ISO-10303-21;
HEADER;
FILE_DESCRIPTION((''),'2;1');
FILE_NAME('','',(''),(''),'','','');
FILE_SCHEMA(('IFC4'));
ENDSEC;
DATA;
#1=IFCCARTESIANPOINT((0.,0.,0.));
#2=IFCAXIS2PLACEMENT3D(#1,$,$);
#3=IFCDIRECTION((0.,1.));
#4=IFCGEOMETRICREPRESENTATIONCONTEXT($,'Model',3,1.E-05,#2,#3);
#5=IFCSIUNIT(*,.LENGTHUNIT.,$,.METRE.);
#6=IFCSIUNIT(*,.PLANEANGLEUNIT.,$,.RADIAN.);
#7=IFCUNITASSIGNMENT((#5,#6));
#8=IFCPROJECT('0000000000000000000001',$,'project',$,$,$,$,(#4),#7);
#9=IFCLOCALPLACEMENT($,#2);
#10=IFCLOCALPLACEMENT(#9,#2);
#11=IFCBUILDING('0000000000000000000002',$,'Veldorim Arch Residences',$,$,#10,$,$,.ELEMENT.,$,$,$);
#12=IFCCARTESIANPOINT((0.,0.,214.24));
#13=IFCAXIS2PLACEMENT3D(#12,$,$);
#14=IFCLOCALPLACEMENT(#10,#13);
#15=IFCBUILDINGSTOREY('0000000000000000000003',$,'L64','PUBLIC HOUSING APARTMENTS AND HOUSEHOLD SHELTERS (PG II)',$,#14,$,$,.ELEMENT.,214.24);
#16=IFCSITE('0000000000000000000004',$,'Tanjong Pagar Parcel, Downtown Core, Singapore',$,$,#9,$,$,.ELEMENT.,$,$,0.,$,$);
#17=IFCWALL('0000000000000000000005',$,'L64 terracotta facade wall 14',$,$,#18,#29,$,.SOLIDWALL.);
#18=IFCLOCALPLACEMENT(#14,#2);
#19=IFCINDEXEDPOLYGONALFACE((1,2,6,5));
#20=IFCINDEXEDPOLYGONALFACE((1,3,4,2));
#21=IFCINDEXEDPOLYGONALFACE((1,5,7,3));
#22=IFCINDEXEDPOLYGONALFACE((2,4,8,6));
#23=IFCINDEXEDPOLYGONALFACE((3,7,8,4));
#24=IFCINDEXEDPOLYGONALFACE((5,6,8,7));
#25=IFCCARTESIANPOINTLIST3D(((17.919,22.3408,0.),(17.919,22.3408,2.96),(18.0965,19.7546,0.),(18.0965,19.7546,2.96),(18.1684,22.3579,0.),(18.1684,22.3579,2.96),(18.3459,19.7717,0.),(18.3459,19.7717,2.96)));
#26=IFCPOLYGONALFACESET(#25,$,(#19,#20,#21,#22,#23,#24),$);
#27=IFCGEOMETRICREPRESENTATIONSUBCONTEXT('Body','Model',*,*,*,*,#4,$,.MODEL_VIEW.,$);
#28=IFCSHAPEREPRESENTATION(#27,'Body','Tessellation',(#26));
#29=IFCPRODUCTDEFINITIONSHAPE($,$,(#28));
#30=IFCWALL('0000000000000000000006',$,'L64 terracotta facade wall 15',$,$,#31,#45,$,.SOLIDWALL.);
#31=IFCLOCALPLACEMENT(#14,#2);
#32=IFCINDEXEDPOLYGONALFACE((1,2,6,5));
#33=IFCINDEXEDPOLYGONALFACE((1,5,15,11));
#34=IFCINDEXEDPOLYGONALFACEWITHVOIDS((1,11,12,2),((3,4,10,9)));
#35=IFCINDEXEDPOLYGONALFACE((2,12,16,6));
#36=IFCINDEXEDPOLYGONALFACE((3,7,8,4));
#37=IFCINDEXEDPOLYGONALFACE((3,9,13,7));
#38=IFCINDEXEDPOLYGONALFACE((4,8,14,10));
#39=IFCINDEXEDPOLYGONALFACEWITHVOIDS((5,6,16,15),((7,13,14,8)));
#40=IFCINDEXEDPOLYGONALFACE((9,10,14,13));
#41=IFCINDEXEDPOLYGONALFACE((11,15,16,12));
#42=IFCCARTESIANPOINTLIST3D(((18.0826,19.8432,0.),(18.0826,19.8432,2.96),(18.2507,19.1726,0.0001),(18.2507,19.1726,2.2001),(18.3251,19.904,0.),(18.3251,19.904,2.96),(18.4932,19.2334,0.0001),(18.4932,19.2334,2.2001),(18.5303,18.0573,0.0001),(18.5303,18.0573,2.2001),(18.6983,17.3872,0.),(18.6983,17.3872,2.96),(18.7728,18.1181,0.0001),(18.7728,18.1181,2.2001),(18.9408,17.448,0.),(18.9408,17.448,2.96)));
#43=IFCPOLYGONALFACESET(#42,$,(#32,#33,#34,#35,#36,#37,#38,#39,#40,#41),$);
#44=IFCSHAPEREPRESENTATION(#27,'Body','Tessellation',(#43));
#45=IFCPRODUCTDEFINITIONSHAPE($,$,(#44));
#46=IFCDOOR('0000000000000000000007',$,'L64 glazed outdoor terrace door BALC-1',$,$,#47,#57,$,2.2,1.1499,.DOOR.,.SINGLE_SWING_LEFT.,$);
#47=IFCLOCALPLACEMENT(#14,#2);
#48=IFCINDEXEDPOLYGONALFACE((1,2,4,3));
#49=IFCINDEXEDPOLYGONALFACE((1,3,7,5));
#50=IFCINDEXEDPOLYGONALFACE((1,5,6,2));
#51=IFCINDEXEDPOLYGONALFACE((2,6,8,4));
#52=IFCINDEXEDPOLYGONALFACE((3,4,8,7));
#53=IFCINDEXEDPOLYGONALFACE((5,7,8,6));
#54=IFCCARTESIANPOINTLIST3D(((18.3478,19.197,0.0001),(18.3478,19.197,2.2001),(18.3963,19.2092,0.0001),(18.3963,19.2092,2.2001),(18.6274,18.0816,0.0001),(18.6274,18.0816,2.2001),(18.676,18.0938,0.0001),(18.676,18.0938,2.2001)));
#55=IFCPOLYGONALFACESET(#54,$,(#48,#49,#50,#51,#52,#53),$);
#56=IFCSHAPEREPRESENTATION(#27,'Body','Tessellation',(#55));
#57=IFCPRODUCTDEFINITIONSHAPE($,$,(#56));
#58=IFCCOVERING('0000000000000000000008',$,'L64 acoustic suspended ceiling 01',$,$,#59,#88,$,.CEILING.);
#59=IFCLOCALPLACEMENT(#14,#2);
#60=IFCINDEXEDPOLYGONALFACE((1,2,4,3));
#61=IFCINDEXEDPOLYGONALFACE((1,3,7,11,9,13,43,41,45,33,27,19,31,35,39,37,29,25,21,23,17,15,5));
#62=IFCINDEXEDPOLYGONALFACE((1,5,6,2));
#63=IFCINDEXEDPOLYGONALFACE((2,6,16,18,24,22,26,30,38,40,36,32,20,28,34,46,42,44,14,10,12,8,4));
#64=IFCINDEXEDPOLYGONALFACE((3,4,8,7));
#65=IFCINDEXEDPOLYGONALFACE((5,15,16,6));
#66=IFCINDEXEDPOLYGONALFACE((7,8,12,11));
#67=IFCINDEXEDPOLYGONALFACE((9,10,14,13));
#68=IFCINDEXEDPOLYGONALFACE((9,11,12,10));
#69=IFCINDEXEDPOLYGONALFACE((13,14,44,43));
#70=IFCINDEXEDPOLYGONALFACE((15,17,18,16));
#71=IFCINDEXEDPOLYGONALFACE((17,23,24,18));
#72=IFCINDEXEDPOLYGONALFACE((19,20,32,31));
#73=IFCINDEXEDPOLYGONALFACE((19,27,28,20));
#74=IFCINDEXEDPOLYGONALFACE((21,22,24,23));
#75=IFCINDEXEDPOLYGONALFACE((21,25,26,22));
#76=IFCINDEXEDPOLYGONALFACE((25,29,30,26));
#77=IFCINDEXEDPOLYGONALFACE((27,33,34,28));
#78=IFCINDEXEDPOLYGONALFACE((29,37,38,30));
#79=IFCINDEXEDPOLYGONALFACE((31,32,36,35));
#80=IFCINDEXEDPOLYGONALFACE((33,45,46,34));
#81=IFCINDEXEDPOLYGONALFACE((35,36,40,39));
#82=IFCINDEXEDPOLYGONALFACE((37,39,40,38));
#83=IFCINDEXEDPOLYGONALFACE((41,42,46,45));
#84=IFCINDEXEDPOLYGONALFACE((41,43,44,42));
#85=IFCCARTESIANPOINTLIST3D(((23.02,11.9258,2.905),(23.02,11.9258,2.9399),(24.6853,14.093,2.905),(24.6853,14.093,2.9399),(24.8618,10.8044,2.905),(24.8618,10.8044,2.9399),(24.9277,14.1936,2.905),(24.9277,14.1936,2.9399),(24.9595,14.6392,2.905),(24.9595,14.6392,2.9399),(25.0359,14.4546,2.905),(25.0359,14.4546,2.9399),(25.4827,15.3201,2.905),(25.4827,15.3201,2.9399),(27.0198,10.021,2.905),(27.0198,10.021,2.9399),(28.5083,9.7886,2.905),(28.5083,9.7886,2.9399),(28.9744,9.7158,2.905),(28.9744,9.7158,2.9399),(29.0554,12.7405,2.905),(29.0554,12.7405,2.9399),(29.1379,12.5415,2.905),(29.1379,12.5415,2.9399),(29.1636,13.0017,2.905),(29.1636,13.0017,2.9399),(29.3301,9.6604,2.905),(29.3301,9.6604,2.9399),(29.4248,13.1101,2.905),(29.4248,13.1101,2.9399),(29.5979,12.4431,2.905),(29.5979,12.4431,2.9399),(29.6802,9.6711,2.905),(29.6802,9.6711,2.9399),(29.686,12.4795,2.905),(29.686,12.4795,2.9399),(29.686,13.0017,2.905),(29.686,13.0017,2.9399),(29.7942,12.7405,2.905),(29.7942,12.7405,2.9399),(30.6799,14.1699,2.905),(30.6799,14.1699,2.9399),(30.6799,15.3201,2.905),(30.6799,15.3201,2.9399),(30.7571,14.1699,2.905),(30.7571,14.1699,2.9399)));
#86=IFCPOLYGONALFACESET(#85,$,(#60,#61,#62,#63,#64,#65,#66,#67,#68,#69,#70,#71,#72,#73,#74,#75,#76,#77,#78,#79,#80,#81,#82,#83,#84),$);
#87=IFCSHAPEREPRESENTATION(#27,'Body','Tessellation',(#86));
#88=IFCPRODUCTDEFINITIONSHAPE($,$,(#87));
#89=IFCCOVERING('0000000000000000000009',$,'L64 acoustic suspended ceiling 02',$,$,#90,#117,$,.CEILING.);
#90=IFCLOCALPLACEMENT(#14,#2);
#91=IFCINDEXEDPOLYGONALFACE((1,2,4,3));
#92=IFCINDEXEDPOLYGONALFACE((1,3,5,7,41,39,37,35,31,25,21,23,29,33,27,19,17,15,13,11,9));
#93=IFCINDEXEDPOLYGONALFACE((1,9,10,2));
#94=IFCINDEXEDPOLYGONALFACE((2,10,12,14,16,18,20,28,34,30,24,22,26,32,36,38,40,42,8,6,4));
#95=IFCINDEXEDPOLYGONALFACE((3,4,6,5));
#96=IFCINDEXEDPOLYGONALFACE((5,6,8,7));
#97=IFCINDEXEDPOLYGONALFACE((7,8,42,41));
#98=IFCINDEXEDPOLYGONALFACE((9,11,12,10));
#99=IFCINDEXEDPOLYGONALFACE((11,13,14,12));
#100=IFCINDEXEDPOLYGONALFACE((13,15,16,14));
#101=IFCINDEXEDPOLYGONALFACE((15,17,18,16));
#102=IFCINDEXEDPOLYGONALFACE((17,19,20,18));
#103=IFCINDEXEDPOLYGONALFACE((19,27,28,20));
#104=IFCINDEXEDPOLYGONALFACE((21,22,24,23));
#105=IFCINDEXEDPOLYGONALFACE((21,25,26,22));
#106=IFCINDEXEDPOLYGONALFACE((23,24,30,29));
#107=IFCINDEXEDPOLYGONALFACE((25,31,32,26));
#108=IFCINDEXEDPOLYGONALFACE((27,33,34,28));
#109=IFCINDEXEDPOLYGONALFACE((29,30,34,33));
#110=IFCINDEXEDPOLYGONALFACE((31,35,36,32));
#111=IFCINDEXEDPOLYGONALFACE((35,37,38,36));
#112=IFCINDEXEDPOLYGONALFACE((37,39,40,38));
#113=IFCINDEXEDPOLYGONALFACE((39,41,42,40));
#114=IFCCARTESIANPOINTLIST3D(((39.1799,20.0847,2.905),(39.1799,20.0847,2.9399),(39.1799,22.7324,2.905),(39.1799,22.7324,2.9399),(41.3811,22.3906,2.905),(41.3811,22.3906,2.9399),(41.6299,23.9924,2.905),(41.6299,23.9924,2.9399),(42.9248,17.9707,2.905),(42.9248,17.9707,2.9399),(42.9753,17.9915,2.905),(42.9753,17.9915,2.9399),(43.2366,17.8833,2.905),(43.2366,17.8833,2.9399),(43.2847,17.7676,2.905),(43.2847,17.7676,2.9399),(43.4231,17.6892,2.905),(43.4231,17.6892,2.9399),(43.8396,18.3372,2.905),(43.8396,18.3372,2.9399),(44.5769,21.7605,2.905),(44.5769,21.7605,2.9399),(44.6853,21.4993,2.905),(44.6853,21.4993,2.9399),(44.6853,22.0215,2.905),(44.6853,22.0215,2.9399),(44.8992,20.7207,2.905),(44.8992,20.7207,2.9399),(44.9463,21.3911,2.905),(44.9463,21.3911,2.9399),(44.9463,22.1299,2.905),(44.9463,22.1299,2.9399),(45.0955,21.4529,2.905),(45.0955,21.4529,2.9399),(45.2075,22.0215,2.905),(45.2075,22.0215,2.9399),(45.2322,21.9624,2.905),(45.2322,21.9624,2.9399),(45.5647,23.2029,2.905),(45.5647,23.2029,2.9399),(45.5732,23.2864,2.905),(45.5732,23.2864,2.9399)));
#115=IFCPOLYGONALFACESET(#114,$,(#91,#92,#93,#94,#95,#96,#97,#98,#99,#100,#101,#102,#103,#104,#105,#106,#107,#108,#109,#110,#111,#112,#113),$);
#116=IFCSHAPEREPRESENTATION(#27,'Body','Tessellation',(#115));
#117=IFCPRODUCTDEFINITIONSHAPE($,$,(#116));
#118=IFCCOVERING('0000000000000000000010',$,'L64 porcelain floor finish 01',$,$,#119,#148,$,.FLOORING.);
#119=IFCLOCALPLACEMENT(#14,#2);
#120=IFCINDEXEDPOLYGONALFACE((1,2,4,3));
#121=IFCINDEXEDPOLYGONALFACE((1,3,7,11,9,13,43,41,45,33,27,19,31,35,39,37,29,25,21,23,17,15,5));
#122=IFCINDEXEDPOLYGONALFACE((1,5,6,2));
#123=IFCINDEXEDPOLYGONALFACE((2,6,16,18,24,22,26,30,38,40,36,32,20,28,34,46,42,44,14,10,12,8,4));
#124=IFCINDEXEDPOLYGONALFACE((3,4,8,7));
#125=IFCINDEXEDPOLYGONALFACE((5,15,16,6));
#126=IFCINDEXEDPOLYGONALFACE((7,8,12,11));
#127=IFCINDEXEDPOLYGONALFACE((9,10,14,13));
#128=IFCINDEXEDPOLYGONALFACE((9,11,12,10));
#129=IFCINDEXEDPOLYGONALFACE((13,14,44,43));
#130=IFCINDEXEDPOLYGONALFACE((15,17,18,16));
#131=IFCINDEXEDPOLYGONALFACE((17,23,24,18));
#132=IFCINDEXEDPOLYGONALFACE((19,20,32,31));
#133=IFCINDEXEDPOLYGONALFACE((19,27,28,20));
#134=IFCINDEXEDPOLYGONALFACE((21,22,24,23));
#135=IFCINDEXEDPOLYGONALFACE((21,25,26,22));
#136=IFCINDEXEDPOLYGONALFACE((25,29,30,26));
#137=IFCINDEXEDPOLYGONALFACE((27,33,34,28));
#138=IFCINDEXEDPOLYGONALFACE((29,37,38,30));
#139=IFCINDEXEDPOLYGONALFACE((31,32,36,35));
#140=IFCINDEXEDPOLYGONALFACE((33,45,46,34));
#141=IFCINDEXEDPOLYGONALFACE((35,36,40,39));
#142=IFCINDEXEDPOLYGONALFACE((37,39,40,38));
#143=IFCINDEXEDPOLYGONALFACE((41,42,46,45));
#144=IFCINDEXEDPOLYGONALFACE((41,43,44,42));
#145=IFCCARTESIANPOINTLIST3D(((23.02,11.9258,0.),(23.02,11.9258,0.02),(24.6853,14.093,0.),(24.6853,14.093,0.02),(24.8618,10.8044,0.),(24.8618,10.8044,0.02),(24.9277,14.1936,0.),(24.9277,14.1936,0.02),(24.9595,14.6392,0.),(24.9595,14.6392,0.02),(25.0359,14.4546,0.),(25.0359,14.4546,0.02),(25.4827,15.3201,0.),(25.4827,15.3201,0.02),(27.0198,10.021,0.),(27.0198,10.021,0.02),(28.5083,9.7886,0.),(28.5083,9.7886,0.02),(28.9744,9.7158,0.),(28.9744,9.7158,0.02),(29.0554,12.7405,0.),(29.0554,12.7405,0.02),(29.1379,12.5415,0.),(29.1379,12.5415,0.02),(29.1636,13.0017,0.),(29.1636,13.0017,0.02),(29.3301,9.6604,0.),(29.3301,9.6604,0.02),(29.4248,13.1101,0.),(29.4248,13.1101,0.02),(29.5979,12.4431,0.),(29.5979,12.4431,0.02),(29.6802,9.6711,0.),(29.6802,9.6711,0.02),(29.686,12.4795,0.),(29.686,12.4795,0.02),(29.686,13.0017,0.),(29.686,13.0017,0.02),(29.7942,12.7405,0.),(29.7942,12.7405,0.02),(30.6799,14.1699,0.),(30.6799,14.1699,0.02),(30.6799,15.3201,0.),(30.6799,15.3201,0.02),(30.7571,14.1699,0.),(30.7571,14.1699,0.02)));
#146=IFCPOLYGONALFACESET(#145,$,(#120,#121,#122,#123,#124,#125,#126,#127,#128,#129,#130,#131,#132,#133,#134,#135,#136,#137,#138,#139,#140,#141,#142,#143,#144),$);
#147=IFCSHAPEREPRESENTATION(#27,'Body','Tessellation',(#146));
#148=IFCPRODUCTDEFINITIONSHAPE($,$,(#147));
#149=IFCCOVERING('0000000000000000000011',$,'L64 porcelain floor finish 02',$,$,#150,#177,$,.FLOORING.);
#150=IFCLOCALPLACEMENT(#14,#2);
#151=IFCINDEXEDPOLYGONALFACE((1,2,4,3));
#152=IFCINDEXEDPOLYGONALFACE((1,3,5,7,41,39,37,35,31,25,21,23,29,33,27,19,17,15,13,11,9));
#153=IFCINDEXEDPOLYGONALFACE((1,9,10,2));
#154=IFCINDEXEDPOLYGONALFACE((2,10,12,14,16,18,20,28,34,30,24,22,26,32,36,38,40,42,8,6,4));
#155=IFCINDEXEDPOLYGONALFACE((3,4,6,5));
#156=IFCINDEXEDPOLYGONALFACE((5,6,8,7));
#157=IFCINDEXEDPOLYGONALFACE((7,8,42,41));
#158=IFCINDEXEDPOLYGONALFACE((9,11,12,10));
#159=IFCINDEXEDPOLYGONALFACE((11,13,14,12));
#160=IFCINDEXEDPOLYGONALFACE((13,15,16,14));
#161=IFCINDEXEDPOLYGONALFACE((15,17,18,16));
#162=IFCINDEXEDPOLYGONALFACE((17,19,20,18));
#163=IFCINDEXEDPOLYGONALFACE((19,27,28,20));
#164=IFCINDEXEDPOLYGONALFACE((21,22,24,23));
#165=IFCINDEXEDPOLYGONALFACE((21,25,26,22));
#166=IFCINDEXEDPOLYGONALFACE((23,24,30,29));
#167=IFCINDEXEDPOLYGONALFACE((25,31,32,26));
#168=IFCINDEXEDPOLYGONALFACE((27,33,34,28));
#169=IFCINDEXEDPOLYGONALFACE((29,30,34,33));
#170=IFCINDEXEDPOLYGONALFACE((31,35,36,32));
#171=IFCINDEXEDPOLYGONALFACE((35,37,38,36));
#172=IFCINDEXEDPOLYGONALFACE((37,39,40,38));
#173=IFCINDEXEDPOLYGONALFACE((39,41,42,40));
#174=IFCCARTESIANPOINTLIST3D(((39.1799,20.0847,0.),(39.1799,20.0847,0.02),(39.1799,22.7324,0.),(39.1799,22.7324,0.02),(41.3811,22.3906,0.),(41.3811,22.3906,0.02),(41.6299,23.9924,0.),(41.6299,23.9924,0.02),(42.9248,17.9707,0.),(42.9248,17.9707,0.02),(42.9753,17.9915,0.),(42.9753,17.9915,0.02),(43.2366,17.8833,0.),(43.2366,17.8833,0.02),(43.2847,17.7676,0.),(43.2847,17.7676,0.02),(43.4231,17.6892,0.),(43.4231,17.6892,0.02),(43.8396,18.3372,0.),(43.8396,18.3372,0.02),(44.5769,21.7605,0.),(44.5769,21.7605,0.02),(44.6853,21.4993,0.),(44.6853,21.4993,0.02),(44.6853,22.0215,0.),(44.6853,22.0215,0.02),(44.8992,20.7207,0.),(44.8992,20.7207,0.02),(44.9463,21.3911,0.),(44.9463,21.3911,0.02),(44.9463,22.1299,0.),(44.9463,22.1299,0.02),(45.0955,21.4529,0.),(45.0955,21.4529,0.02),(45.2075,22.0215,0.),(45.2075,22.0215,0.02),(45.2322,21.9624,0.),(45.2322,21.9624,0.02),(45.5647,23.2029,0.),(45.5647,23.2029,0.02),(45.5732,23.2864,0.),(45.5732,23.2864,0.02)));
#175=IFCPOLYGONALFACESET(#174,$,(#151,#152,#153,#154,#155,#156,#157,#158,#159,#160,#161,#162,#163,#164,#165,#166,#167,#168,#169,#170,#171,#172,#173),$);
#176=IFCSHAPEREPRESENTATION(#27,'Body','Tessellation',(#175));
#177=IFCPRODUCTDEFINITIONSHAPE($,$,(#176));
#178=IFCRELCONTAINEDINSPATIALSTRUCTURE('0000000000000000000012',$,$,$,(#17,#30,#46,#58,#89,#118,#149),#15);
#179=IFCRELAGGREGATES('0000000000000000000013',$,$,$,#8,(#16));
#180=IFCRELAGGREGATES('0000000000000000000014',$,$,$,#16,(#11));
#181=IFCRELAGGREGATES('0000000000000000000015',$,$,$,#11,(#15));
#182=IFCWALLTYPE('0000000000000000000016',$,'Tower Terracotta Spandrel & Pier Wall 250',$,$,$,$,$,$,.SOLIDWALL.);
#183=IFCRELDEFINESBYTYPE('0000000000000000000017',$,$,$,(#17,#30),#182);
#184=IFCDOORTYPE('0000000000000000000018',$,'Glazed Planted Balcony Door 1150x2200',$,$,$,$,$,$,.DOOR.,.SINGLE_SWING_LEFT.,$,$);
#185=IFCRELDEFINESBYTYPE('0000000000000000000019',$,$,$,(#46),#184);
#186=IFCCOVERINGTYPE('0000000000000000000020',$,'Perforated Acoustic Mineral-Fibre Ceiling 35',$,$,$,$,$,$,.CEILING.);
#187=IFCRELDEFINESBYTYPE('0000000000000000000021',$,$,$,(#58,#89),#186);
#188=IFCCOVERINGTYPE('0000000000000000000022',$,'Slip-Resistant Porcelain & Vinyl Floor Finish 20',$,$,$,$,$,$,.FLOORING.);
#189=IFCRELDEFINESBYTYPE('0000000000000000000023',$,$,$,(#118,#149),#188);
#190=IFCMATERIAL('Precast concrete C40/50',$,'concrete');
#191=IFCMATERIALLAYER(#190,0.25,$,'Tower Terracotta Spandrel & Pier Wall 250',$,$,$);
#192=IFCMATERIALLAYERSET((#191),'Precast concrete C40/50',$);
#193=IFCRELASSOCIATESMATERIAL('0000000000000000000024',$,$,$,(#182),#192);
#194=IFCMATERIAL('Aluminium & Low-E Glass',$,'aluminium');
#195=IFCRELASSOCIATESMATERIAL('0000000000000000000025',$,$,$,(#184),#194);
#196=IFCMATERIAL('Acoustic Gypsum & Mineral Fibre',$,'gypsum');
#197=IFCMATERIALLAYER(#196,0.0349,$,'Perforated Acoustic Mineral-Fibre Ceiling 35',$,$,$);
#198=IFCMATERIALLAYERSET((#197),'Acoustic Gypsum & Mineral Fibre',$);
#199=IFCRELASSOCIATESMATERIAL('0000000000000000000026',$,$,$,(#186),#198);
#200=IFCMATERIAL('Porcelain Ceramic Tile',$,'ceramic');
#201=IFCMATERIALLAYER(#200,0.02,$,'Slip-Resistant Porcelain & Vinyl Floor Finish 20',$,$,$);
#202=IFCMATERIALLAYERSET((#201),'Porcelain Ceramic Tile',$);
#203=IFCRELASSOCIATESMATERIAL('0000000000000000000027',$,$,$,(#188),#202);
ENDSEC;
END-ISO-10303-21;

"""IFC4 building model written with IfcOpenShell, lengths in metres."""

from ifc_helpers import new_model, si_unit, direction, frame, frame_2d, origin, place, context, subcontext, project, spatial, polyline, rectangle, outline, extrude, material, layer, layer_set, type_object, element, fill, save


model = new_model("IFC4")

# Units and contexts
model_context = context("Model", 3, precision=1e-05, world=origin(), true_north=direction((0.0, 1.0)))
body_context = subcontext(model_context, "Body", "Model", "MODEL_VIEW")
ifc_project = project(units=[si_unit("LENGTHUNIT", "METRE"), si_unit("PLANEANGLEUNIT", "RADIAN")], contexts=[model_context])

# Site, building, storey
site_placement = place(None, origin())
site = spatial("IfcSite", under=ifc_project, at=site_placement, Name="Tanjong Pagar Parcel, Downtown Core, Singapore", CompositionType="ELEMENT", RefElevation=0.0)
building_placement = place(site_placement, origin())
building = spatial("IfcBuilding", under=site, at=building_placement, Name="Veldorim Arch Residences", CompositionType="ELEMENT")
storey_placement = place(building_placement, frame((0.0, 0.0, 214.24)))
storey = spatial("IfcBuildingStorey", under=building, at=storey_placement, Name="L64", Description="PUBLIC HOUSING APARTMENTS AND HOUSEHOLD SHELTERS (PG II)", CompositionType="ELEMENT", Elevation=214.24)

# Wall
ifc_material_1 = material(Name="Precast concrete C40/50", Category="concrete")
ifc_layer_1 = layer(ifc_material_1, 0.25, Name="Tower Terracotta Spandrel & Pier Wall 250")
ifc_layer_set_1 = layer_set([ifc_layer_1], Name="Precast concrete C40/50")
wall_type = type_object("IfcWallType", Name="Tower Terracotta Spandrel & Pier Wall 250", PredefinedType="SOLIDWALL", material=ifc_layer_set_1)
wall_1_placement = place(storey_placement, frame((18.2212, 19.7632, 0.0), z_axis=(0.0, 0.0, 1.0), x_axis=(-0.068469, 0.997653, 0.0)))
element("IfcWall", 1, at=wall_1_placement, inside=storey, type_object=wall_type, Name="L64 terracotta facade wall 14", PredefinedType="SOLIDWALL", context=body_context, shape_type="SweptSolid", body=[
    extrude(rectangle(XDim=2.5923, YDim=0.25, at=frame_2d((1.2961, 0.0))), origin(), (0.0, 0.0, 1.0), 2.96),
])

# Wall, opening, door
wall_2_placement = place(storey_placement, frame((18.8196, 17.4175, 0.0), z_axis=(0.0, 0.0, 1.0), x_axis=(-0.243171, 0.969983, 0.0)))
wall_2 = element("IfcWall", 2, at=wall_2_placement, inside=storey, type_object=wall_type, Name="L64 terracotta facade wall 15", PredefinedType="SOLIDWALL", context=body_context, shape_type="SweptSolid", body=[
    extrude(rectangle(XDim=2.532, YDim=0.25, at=frame_2d((1.2661, 0.0))), origin(), (0.0, 0.0, 1.0), 2.96),
])
opening_placement = place(wall_2_placement, frame((0.6909, 0.0, 0.0)))
opening = element("IfcOpeningElement", 3, at=opening_placement, cuts=wall_2, PredefinedType="OPENING", context=body_context, shape_type="SweptSolid", body=[
    extrude(rectangle(XDim=1.1499, YDim=2.2, at=frame_2d((0.575, 1.1001))), frame((0.0, 0.135, 0.0), z_axis=(0.0, -1.0, 0.0), x_axis=(1.0, 0.0, 0.0)), (0.0, 0.0, 1.0), 0.27),
])
ifc_material_2 = material(Name="Aluminium & Low-E Glass", Category="aluminium")
door_type = type_object("IfcDoorType", Name="Glazed Planted Balcony Door 1150x2200", OperationType="SINGLE_SWING_LEFT", PredefinedType="DOOR", material=ifc_material_2)
door_placement = place(opening_placement, origin())
door = element("IfcDoor", 4, at=door_placement, inside=storey, type_object=door_type, Name="L64 glazed outdoor terrace door BALC-1", OperationType="SINGLE_SWING_LEFT", OverallHeight=2.2, OverallWidth=1.1499, PredefinedType="DOOR", context=body_context, shape_type="SweptSolid", body=[
    extrude(rectangle(XDim=1.1499, YDim=2.2, at=frame_2d((0.575, 1.1001))), frame((0.0, 0.0249, 0.0), z_axis=(0.0, -1.0, 0.0), x_axis=(1.0, 0.0, 0.0)), (0.0, 0.0, 1.0), 0.05),
])
fill(opening, door)

# Coverings
ifc_material_3 = material(Name="Acoustic Gypsum & Mineral Fibre", Category="gypsum")
ifc_layer_2 = layer(ifc_material_3, 0.0349, Name="Perforated Acoustic Mineral-Fibre Ceiling 35")
ifc_layer_set_2 = layer_set([ifc_layer_2], Name="Acoustic Gypsum & Mineral Fibre")
covering_type_1 = type_object("IfcCoveringType", Name="Perforated Acoustic Mineral-Fibre Ceiling 35", PredefinedType="CEILING", material=ifc_layer_set_2)
covering_1_placement = place(storey_placement, frame((0.0, 0.0, 2.905)))
element("IfcCovering", 5, at=covering_1_placement, inside=storey, type_object=covering_type_1, Name="L64 acoustic suspended ceiling 01", PredefinedType="CEILING", context=body_context, shape_type="SweptSolid", body=[
    extrude(outline(polyline([(24.6853, 14.093), (24.9277, 14.1936), (25.0359, 14.4546), (24.9595, 14.6392), (25.4827, 15.3201), (30.6799, 15.3201), (30.6799, 14.1699), (30.7571, 14.1699), (29.6802, 9.6711), (29.3301, 9.6604), (28.9744, 9.7158), (29.5979, 12.4431), (29.686, 12.4795), (29.7942, 12.7405), (29.686, 13.0017), (29.4248, 13.1101), (29.1636, 13.0017), (29.0554, 12.7405), (29.1379, 12.5415), (28.5083, 9.7886), (27.0198, 10.021), (24.8618, 10.8044), (23.02, 11.9258), (24.6853, 14.093)])), origin(), (0.0, 0.0, 1.0), 0.0349),
])
covering_2_placement = place(storey_placement, frame((0.0, 0.0, 2.905)))
element("IfcCovering", 6, at=covering_2_placement, inside=storey, type_object=covering_type_1, Name="L64 acoustic suspended ceiling 02", PredefinedType="CEILING", context=body_context, shape_type="SweptSolid", body=[
    extrude(outline(polyline([(44.8992, 20.7207), (43.8396, 18.3372), (43.4231, 17.6892), (43.2847, 17.7676), (43.2366, 17.8833), (42.9753, 17.9915), (42.9248, 17.9707), (39.1799, 20.0847), (39.1799, 22.7324), (41.3811, 22.3906), (41.6299, 23.9924), (45.5732, 23.2864), (45.5647, 23.2029), (45.2322, 21.9624), (45.2075, 22.0215), (44.9463, 22.1299), (44.6853, 22.0215), (44.5769, 21.7605), (44.6853, 21.4993), (44.9463, 21.3911), (45.0955, 21.4529), (44.8992, 20.7207)])), origin(), (0.0, 0.0, 1.0), 0.0349),
])
ifc_material_4 = material(Name="Porcelain Ceramic Tile", Category="ceramic")
ifc_layer_3 = layer(ifc_material_4, 0.02, Name="Slip-Resistant Porcelain & Vinyl Floor Finish 20")
ifc_layer_set_3 = layer_set([ifc_layer_3], Name="Porcelain Ceramic Tile")
covering_type_2 = type_object("IfcCoveringType", Name="Slip-Resistant Porcelain & Vinyl Floor Finish 20", PredefinedType="FLOORING", material=ifc_layer_set_3)
covering_3_placement = place(storey_placement, origin())
element("IfcCovering", 7, at=covering_3_placement, inside=storey, type_object=covering_type_2, Name="L64 porcelain floor finish 01", PredefinedType="FLOORING", context=body_context, shape_type="SweptSolid", body=[
    extrude(outline(polyline([(24.6853, 14.093), (24.9277, 14.1936), (25.0359, 14.4546), (24.9595, 14.6392), (25.4827, 15.3201), (30.6799, 15.3201), (30.6799, 14.1699), (30.7571, 14.1699), (29.6802, 9.6711), (29.3301, 9.6604), (28.9744, 9.7158), (29.5979, 12.4431), (29.686, 12.4795), (29.7942, 12.7405), (29.686, 13.0017), (29.4248, 13.1101), (29.1636, 13.0017), (29.0554, 12.7405), (29.1379, 12.5415), (28.5083, 9.7886), (27.0198, 10.021), (24.8618, 10.8044), (23.02, 11.9258), (24.6853, 14.093)])), origin(), (0.0, 0.0, 1.0), 0.02),
])
covering_4_placement = place(storey_placement, origin())
element("IfcCovering", 8, at=covering_4_placement, inside=storey, type_object=covering_type_2, Name="L64 porcelain floor finish 02", PredefinedType="FLOORING", context=body_context, shape_type="SweptSolid", body=[
    extrude(outline(polyline([(44.8992, 20.7207), (43.8396, 18.3372), (43.4231, 17.6892), (43.2847, 17.7676), (43.2366, 17.8833), (42.9753, 17.9915), (42.9248, 17.9707), (39.1799, 20.0847), (39.1799, 22.7324), (41.3811, 22.3906), (41.6299, 23.9924), (45.5732, 23.2864), (45.5647, 23.2029), (45.2322, 21.9624), (45.2075, 22.0215), (44.9463, 22.1299), (44.6853, 22.0215), (44.5769, 21.7605), (44.6853, 21.4993), (44.9463, 21.3911), (45.0955, 21.4529), (44.8992, 20.7207)])), origin(), (0.0, 0.0, 1.0), 0.02),
])

save(model, "model.ifc")
